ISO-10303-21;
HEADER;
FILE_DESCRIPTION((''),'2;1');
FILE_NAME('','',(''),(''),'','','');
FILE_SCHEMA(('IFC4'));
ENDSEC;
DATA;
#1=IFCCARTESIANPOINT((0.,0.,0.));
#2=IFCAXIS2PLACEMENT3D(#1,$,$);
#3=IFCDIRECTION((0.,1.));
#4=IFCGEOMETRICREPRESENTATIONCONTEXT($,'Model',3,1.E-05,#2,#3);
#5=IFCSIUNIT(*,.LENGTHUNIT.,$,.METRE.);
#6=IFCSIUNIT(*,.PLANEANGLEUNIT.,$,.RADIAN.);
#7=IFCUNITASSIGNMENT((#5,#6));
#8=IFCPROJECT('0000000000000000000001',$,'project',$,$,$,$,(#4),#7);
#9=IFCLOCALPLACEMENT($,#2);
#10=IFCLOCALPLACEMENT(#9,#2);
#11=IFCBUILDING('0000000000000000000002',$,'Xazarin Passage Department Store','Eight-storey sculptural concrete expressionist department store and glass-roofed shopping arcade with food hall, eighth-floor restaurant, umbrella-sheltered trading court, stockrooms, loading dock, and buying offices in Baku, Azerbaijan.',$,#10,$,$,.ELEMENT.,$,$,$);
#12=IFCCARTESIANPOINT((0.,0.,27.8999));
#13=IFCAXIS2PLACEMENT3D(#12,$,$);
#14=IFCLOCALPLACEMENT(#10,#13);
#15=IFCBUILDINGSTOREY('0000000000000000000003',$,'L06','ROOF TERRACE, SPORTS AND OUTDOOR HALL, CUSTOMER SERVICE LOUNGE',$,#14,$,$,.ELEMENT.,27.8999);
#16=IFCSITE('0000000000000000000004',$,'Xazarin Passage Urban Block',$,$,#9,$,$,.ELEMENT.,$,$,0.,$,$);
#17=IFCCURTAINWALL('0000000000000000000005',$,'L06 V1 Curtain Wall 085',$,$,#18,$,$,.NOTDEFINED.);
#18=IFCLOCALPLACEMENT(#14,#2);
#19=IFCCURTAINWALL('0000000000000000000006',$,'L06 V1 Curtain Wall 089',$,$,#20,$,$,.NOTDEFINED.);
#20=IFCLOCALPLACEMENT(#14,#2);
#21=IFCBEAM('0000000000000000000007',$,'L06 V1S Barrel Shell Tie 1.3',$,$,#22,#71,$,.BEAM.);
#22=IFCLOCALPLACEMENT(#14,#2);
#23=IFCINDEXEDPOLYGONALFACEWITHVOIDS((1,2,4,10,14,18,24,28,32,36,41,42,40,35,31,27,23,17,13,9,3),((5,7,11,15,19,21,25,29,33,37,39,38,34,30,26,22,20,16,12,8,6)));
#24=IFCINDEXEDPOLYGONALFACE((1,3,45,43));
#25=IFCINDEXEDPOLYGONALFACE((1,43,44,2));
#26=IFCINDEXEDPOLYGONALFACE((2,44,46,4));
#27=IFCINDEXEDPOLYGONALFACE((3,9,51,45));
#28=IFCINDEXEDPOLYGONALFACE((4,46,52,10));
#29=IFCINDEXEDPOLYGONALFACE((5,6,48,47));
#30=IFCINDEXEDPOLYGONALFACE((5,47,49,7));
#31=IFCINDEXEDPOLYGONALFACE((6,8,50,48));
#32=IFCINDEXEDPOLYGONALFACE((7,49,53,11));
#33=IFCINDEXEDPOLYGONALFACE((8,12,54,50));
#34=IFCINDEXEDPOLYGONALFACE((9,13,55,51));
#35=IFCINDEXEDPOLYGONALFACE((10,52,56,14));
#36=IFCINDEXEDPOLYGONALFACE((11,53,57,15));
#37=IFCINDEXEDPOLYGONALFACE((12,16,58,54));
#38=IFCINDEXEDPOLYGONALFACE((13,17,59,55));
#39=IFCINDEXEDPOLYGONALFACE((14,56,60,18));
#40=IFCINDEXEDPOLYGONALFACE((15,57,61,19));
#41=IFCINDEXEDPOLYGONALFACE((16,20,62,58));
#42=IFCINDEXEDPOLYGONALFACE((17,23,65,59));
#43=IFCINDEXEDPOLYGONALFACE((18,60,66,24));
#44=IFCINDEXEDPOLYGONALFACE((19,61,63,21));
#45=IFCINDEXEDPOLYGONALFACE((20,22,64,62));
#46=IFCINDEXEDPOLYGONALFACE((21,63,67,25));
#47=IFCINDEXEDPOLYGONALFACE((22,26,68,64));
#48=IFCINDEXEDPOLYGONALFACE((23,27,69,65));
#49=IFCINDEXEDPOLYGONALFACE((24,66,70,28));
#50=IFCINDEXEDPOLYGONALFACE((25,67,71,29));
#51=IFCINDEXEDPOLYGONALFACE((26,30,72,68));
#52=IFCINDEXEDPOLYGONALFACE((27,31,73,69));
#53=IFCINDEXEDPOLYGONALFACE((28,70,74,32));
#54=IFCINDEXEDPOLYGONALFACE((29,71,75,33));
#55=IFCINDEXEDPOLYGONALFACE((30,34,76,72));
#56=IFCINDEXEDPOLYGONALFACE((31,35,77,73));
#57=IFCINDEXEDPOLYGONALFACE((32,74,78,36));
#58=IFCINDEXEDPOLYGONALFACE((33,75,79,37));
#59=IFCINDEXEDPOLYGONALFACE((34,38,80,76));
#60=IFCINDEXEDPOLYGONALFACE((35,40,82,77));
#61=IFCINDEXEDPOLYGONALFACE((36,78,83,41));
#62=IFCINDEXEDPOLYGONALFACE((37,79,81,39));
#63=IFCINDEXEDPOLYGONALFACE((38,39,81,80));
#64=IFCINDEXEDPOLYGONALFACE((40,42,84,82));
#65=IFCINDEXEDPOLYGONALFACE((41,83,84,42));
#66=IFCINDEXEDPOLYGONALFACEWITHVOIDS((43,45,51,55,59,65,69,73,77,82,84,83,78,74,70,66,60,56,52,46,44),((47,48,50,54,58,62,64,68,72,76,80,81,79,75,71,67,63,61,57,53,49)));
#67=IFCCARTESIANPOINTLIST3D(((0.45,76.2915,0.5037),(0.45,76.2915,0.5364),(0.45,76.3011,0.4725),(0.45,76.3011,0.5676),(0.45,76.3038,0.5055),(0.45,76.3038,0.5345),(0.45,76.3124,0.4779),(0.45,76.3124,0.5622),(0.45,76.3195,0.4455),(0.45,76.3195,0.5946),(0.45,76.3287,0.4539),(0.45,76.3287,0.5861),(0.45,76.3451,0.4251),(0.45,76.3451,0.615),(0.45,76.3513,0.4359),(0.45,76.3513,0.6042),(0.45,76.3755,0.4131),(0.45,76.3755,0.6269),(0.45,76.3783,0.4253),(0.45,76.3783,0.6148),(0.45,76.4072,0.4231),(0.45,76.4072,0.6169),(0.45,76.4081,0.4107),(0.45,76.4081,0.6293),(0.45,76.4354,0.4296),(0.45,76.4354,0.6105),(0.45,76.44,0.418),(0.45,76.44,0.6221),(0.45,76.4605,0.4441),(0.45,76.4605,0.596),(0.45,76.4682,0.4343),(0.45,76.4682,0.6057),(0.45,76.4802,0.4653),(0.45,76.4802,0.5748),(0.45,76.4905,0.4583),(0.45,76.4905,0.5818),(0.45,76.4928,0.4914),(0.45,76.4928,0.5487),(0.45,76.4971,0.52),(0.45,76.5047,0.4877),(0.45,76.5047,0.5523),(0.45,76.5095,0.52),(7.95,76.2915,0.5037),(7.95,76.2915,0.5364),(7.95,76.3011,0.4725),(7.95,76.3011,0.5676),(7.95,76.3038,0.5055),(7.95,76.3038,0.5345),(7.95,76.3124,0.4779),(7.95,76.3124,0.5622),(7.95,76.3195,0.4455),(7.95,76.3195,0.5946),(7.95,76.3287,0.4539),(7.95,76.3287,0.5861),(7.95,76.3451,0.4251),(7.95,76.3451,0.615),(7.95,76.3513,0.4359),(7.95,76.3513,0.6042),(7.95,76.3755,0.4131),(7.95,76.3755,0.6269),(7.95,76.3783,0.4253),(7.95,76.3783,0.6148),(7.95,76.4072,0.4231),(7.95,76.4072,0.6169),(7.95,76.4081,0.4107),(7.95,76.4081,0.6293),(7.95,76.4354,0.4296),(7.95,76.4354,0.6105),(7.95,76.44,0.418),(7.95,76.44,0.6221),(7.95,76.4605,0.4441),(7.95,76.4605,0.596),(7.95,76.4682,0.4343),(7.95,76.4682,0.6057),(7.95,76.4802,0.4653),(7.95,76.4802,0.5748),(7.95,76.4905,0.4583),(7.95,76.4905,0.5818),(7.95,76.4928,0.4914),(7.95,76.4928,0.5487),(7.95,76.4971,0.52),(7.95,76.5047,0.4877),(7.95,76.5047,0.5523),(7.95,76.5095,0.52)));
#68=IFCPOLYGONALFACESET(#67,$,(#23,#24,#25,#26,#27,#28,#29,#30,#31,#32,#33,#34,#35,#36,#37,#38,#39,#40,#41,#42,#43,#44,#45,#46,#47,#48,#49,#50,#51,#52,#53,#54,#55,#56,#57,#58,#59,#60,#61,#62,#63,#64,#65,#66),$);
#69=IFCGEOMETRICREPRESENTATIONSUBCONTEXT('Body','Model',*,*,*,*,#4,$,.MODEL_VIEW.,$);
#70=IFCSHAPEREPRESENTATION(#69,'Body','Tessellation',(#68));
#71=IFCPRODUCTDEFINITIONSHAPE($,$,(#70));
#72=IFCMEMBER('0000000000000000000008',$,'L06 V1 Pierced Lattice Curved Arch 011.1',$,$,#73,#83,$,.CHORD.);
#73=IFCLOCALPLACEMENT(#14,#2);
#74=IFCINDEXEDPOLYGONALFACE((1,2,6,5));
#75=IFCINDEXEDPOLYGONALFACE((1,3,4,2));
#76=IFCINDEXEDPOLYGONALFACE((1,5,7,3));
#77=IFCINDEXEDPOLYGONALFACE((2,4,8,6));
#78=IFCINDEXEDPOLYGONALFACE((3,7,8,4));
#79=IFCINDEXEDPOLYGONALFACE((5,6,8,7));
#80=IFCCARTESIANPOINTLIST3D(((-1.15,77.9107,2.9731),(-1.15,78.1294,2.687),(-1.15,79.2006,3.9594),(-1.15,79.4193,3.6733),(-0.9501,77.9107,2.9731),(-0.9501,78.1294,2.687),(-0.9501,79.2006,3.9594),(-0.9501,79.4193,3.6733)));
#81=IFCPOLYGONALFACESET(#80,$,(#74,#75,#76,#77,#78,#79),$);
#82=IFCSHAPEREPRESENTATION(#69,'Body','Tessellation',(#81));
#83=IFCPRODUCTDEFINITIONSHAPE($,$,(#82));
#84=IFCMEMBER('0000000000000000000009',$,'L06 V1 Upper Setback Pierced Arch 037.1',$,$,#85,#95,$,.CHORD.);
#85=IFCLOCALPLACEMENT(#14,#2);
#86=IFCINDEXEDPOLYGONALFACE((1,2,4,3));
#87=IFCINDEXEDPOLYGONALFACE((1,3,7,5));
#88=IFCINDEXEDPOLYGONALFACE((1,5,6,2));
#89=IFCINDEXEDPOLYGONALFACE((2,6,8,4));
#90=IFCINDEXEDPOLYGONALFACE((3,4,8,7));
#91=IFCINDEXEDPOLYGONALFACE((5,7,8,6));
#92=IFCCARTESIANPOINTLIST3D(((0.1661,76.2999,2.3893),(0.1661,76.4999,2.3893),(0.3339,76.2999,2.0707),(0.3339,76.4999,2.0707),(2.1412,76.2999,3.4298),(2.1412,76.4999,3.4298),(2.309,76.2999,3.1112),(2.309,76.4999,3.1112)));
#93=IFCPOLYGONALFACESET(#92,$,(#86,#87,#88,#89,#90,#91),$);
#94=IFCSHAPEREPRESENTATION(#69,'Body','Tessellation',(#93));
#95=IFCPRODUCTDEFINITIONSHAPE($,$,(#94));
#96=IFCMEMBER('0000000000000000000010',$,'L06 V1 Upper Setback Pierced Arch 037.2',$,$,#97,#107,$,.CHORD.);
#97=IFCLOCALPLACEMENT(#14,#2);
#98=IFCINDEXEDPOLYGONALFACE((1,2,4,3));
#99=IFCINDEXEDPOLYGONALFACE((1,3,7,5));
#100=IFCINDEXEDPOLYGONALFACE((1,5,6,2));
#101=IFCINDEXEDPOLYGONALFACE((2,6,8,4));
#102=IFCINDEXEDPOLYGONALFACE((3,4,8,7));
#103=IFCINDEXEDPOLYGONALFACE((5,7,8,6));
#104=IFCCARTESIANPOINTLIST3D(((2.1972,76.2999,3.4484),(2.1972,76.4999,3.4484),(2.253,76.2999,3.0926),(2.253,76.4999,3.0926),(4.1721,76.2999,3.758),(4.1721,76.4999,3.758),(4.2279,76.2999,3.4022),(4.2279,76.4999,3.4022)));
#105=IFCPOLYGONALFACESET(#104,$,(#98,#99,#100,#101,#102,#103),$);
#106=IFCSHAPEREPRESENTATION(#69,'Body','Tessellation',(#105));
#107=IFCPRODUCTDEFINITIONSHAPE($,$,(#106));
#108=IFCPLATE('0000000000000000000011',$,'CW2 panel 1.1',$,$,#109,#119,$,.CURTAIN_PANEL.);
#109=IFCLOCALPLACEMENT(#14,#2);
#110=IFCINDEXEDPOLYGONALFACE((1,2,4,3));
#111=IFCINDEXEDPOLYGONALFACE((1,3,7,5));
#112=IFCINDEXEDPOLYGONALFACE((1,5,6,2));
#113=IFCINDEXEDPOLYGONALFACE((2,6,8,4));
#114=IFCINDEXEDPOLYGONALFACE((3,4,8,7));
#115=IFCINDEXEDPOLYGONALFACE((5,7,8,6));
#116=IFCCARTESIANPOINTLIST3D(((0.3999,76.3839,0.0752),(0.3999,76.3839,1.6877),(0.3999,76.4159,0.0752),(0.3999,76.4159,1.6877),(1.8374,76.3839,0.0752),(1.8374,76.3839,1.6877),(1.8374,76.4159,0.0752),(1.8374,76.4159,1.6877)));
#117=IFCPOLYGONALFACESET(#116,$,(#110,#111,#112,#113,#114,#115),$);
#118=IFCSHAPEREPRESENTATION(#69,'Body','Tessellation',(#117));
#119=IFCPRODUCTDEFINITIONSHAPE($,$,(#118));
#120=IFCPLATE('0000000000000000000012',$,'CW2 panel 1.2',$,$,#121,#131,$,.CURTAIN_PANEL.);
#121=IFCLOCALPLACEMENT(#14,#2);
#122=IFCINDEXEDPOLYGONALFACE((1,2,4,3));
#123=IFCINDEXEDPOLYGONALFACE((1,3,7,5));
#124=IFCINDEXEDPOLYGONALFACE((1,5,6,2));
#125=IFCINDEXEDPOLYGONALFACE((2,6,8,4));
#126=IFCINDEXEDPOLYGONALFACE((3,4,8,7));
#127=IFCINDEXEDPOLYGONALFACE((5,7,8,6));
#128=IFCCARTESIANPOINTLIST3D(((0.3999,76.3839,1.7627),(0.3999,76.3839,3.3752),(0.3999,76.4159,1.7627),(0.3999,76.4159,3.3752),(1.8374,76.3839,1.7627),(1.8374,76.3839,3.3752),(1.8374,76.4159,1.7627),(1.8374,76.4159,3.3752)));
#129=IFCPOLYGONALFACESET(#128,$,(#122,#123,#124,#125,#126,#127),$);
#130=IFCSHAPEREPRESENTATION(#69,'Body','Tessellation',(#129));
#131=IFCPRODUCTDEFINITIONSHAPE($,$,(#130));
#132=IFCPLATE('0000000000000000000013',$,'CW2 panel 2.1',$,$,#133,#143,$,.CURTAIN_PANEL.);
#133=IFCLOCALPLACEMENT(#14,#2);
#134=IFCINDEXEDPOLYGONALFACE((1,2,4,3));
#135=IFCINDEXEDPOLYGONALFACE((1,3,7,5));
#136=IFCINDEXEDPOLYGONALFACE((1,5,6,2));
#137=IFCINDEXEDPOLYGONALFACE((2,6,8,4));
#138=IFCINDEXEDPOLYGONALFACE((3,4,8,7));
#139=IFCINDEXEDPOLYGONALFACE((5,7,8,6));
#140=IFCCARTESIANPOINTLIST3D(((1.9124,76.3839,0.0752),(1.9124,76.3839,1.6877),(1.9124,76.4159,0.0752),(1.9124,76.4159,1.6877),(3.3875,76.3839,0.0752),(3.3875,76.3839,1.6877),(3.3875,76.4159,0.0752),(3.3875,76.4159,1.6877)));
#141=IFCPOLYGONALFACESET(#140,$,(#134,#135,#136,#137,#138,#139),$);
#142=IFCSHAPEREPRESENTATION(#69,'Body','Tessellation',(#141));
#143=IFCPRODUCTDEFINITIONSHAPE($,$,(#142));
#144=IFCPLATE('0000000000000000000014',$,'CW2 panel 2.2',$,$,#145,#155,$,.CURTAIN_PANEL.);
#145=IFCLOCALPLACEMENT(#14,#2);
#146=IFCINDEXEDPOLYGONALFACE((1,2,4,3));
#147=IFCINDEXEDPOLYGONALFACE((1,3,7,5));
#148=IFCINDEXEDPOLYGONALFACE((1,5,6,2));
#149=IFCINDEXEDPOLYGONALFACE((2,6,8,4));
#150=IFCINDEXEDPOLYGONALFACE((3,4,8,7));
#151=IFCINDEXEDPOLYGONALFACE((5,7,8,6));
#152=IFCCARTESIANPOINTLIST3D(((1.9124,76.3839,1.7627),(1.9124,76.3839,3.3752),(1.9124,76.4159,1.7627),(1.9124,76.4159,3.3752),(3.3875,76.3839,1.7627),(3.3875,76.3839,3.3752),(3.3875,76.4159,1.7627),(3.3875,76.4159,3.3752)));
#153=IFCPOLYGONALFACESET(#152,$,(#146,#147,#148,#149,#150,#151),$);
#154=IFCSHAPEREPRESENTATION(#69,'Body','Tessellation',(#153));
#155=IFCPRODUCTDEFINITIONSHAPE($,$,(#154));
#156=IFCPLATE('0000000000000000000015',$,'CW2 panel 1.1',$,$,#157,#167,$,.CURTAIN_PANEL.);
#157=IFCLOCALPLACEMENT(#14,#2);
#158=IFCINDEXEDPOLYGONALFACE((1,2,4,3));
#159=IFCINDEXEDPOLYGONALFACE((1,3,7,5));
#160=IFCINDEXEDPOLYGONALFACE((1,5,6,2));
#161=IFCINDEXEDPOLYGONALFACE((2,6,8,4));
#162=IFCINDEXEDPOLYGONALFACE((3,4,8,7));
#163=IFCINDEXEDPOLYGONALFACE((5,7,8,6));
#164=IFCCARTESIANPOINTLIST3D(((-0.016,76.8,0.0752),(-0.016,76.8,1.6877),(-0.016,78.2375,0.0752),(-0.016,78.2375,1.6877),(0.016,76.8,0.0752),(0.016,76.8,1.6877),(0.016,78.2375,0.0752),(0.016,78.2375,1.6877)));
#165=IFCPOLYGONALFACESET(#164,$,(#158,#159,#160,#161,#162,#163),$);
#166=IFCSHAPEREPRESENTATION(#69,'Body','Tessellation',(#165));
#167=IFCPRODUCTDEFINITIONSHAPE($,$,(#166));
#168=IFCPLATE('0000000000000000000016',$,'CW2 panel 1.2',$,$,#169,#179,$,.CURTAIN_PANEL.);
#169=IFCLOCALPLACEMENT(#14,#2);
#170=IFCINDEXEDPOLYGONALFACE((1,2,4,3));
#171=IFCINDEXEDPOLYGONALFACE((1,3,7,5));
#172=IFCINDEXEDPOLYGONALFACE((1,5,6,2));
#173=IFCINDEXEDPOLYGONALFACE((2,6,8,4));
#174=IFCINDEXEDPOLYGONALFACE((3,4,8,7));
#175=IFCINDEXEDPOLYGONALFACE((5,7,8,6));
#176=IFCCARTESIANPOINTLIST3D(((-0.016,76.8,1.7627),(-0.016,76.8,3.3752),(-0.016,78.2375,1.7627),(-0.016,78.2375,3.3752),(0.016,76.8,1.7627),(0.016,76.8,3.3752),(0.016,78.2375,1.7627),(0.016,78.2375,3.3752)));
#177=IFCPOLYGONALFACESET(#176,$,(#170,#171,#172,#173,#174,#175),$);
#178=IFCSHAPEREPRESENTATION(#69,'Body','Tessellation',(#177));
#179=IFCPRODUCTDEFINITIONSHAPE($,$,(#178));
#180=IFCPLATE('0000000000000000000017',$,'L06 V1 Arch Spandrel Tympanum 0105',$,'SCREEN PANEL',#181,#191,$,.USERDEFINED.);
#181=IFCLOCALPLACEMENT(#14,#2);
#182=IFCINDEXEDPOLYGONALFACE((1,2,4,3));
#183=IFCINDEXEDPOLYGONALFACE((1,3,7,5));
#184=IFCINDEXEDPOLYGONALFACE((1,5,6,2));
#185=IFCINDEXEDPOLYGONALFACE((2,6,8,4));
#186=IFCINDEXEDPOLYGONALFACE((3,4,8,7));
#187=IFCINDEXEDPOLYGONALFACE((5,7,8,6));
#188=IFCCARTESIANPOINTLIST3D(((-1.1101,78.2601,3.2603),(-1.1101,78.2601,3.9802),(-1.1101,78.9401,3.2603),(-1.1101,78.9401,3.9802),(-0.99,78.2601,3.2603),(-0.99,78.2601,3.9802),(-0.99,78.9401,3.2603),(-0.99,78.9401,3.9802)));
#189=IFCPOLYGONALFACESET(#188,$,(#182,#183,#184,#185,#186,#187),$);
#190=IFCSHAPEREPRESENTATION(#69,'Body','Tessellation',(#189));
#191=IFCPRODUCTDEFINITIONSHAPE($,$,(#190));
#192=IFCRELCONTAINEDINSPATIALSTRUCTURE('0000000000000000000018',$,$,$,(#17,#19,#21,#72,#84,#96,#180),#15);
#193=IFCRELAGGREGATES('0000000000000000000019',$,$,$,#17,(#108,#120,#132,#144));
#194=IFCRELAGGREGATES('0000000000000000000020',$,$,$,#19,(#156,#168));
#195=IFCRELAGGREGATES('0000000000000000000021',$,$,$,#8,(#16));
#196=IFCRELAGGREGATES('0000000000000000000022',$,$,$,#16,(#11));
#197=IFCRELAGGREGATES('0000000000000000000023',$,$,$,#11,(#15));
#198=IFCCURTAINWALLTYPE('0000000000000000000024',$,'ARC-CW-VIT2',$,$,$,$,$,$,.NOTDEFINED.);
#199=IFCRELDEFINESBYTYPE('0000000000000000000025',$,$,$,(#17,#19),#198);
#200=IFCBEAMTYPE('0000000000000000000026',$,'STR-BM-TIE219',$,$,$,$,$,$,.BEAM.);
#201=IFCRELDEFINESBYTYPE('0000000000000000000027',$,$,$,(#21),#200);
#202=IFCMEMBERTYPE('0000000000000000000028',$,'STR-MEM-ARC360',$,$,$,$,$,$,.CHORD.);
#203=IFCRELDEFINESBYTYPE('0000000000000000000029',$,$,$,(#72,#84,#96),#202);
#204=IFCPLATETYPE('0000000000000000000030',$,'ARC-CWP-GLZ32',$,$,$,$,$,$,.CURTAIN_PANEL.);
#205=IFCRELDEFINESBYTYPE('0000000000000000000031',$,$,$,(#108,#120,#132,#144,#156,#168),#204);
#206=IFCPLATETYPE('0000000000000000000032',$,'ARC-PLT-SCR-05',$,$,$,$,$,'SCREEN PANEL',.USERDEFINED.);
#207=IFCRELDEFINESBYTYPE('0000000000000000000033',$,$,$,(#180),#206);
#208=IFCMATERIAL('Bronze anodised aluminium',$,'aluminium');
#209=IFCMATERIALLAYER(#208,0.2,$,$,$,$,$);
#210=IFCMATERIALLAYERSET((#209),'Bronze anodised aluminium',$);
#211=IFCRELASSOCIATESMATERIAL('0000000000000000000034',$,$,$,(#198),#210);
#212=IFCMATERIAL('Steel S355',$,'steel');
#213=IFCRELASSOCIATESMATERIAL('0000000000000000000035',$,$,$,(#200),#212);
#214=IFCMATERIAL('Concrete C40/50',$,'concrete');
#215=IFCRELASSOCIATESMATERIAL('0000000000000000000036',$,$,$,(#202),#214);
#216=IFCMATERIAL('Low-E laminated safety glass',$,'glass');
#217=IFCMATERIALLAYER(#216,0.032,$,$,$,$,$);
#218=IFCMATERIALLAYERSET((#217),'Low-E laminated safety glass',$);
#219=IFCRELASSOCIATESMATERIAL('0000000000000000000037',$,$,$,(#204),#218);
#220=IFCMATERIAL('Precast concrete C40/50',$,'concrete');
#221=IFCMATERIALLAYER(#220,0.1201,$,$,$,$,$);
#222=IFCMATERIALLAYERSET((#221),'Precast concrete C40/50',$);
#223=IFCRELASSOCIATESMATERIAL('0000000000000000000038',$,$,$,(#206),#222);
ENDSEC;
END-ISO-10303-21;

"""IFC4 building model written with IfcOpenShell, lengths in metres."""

from ifc_helpers import new_model, si_unit, direction, frame, origin, origin_2d, place, context, subcontext, project, spatial, rectangle, hollow_circle, extrude, material, layer, layer_set, material_profile, profile_set, type_object, element, aggregate, save


model = new_model("IFC4")

# Units and contexts
model_context = context("Model", 3, precision=1e-05, world=origin(), true_north=direction((0.0, 1.0)))
body_context = subcontext(model_context, "Body", "Model", "MODEL_VIEW")
ifc_project = project(units=[si_unit("LENGTHUNIT", "METRE"), si_unit("PLANEANGLEUNIT", "RADIAN")], contexts=[model_context])

# Site, building, storey
site_placement = place(None, origin())
site = spatial("IfcSite", under=ifc_project, at=site_placement, Name="Xazarin Passage Urban Block", CompositionType="ELEMENT", RefElevation=0.0)
building_placement = place(site_placement, origin())
building = spatial("IfcBuilding", under=site, at=building_placement, Name="Xazarin Passage Department Store", Description="Eight-storey sculptural concrete expressionist department store and glass-roofed shopping arcade with food hall, eighth-floor restaurant, umbrella-sheltered trading court, stockrooms, loading dock, and buying offices in Baku, Azerbaijan.", CompositionType="ELEMENT")
storey_placement = place(building_placement, frame((0.0, 0.0, 27.8999)))
storey = spatial("IfcBuildingStorey", under=building, at=storey_placement, Name="L06", Description="ROOF TERRACE, SPORTS AND OUTDOOR HALL, CUSTOMER SERVICE LOUNGE", CompositionType="ELEMENT", Elevation=27.8999)

# Shared definitions
ifc_material_1 = material(Name="Concrete C40/50", Category="concrete")

# Curtain walls
ifc_material_2 = material(Name="Bronze anodised aluminium", Category="aluminium")
ifc_layer_1 = layer(ifc_material_2, 0.2)
ifc_layer_set_1 = layer_set([ifc_layer_1], Name="Bronze anodised aluminium")
curtain_wall_type = type_object("IfcCurtainWallType", Name="ARC-CW-VIT2", PredefinedType="NOTDEFINED", material=ifc_layer_set_1)
curtain_wall_1_placement = place(storey_placement, origin())
curtain_wall_1 = element("IfcCurtainWall", 1, at=curtain_wall_1_placement, inside=storey, type_object=curtain_wall_type, Name="L06 V1 Curtain Wall 085", PredefinedType="NOTDEFINED")
curtain_wall_2_placement = place(storey_placement, origin())
curtain_wall_2 = element("IfcCurtainWall", 2, at=curtain_wall_2_placement, inside=storey, type_object=curtain_wall_type, Name="L06 V1 Curtain Wall 089", PredefinedType="NOTDEFINED")

# Beam
ifc_material_3 = material(Name="Steel S355", Category="steel")
ifc_material_profile_1 = material_profile(ifc_material_3, hollow_circle(Radius=0.1096, WallThickness=0.0125, at=origin_2d()), Name="CHS 219.1x12.5")
ifc_profile_set_1 = profile_set([ifc_material_profile_1], Name="Steel S355")
beam_type_1 = type_object("IfcBeamType", Name="STR-BM-TIE219", PredefinedType="BEAM", material=ifc_profile_set_1)
beam_1_placement = place(storey_placement, frame((0.45, 76.3999, 0.52), z_axis=(1.0, 0.0, 0.0), x_axis=(0.0, 1.0, 0.0)))
element("IfcBeam", 3, at=beam_1_placement, inside=storey, type_object=beam_type_1, Name="L06 V1S Barrel Shell Tie 1.3", PredefinedType="BEAM", context=body_context, shape_type="SweptSolid", body=[
    extrude(hollow_circle(Radius=0.1096, WallThickness=0.0125, at=origin_2d()), origin(), (0.0, 0.0, 1.0), 7.5),
])

# Members
ifc_material_profile_2 = material_profile(ifc_material_1, rectangle(XDim=0.2, YDim=0.3601, at=origin_2d()), Name="RC 200x360")
ifc_profile_set_2 = profile_set([ifc_material_profile_2], Name="Concrete C40/50")
member_type_1 = type_object("IfcMemberType", Name="STR-MEM-ARC360", PredefinedType="CHORD", material=ifc_profile_set_2)
member_1_placement = place(storey_placement, frame((-1.05, 78.02, 2.8301), z_axis=(0.0, 0.794409, 0.607383), x_axis=(-1.0, 0.0, 0.0)))
element("IfcMember", 4, at=member_1_placement, inside=storey, type_object=member_type_1, Name="L06 V1 Pierced Lattice Curved Arch 011.1", PredefinedType="CHORD", context=body_context, shape_type="SweptSolid", body=[
    extrude(rectangle(XDim=0.2, YDim=0.3601, at=origin_2d()), origin(), (0.0, 0.0, 1.0), 1.6238),
])
member_2_placement = place(storey_placement, frame((0.25, 76.3999, 2.23), z_axis=(0.884733, 0.0, 0.466098), x_axis=(0.0, 1.0, 0.0)))
element("IfcMember", 5, at=member_2_placement, inside=storey, type_object=member_type_1, Name="L06 V1 Upper Setback Pierced Arch 037.1", PredefinedType="CHORD", context=body_context, shape_type="SweptSolid", body=[
    extrude(rectangle(XDim=0.2, YDim=0.3601, at=origin_2d()), origin(), (0.0, 0.0, 1.0), 2.2324),
])
member_3_placement = place(storey_placement, frame((2.2251, 76.3999, 3.2705), z_axis=(0.987936, 0.0, 0.154865), x_axis=(0.0, 1.0, 0.0)))
element("IfcMember", 6, at=member_3_placement, inside=storey, type_object=member_type_1, Name="L06 V1 Upper Setback Pierced Arch 037.2", PredefinedType="CHORD", context=body_context, shape_type="SweptSolid", body=[
    extrude(rectangle(XDim=0.2, YDim=0.3601, at=origin_2d()), origin(), (0.0, 0.0, 1.0), 1.999),
])

# Plates
ifc_material_4 = material(Name="Low-E laminated safety glass", Category="glass")
ifc_layer_2 = layer(ifc_material_4, 0.032)
ifc_layer_set_2 = layer_set([ifc_layer_2], Name="Low-E laminated safety glass")
plate_type_1 = type_object("IfcPlateType", Name="ARC-CWP-GLZ32", PredefinedType="CURTAIN_PANEL", material=ifc_layer_set_2)
plate_1_placement = place(storey_placement, frame((1.1187, 76.3999, 0.0752), z_axis=(0.0, 0.0, 1.0), x_axis=(1.0, 0.0, 0.0)))
plate_1 = element("IfcPlate", 7, at=plate_1_placement, type_object=plate_type_1, Name="CW2 panel 1.1", PredefinedType="CURTAIN_PANEL", context=body_context, shape_type="SweptSolid", body=[
    extrude(rectangle(XDim=1.4375, YDim=0.032, at=origin_2d()), origin(), (0.0, 0.0, 1.0), 1.6125),
])
plate_2_placement = place(storey_placement, frame((1.1187, 76.3999, 1.7627), z_axis=(0.0, 0.0, 1.0), x_axis=(1.0, 0.0, 0.0)))
plate_2 = element("IfcPlate", 8, at=plate_2_placement, type_object=plate_type_1, Name="CW2 panel 1.2", PredefinedType="CURTAIN_PANEL", context=body_context, shape_type="SweptSolid", body=[
    extrude(rectangle(XDim=1.4375, YDim=0.032, at=origin_2d()), origin(), (0.0, 0.0, 1.0), 1.6125),
])
plate_3_placement = place(storey_placement, frame((2.6499, 76.3999, 0.0752), z_axis=(0.0, 0.0, 1.0), x_axis=(1.0, 0.0, 0.0)))
plate_3 = element("IfcPlate", 9, at=plate_3_placement, type_object=plate_type_1, Name="CW2 panel 2.1", PredefinedType="CURTAIN_PANEL", context=body_context, shape_type="SweptSolid", body=[
    extrude(rectangle(XDim=1.4751, YDim=0.032, at=origin_2d()), origin(), (0.0, 0.0, 1.0), 1.6125),
])
plate_4_placement = place(storey_placement, frame((2.6499, 76.3999, 1.7627), z_axis=(0.0, 0.0, 1.0), x_axis=(1.0, 0.0, 0.0)))
plate_4 = element("IfcPlate", 10, at=plate_4_placement, type_object=plate_type_1, Name="CW2 panel 2.2", PredefinedType="CURTAIN_PANEL", context=body_context, shape_type="SweptSolid", body=[
    extrude(rectangle(XDim=1.4751, YDim=0.032, at=origin_2d()), origin(), (0.0, 0.0, 1.0), 1.6125),
])
aggregate(curtain_wall_1, [plate_1, plate_2, plate_3, plate_4])
plate_5_placement = place(storey_placement, frame((0.0, 77.5188, 0.0752), z_axis=(0.0, 0.0, 1.0), x_axis=(0.0, 1.0, 0.0)))
plate_5 = element("IfcPlate", 11, at=plate_5_placement, type_object=plate_type_1, Name="CW2 panel 1.1", PredefinedType="CURTAIN_PANEL", context=body_context, shape_type="SweptSolid", body=[
    extrude(rectangle(XDim=1.4375, YDim=0.032, at=origin_2d()), origin(), (0.0, 0.0, 1.0), 1.6125),
])
plate_6_placement = place(storey_placement, frame((0.0, 77.5188, 1.7627), z_axis=(0.0, 0.0, 1.0), x_axis=(0.0, 1.0, 0.0)))
plate_6 = element("IfcPlate", 12, at=plate_6_placement, type_object=plate_type_1, Name="CW2 panel 1.2", PredefinedType="CURTAIN_PANEL", context=body_context, shape_type="SweptSolid", body=[
    extrude(rectangle(XDim=1.4375, YDim=0.032, at=origin_2d()), origin(), (0.0, 0.0, 1.0), 1.6125),
])
aggregate(curtain_wall_2, [plate_5, plate_6])

# Plate
ifc_material_5 = material(Name="Precast concrete C40/50", Category="concrete")
ifc_layer_3 = layer(ifc_material_5, 0.1201)
ifc_layer_set_3 = layer_set([ifc_layer_3], Name="Precast concrete C40/50")
plate_type_2 = type_object("IfcPlateType", Name="ARC-PLT-SCR-05", ElementType="SCREEN PANEL", PredefinedType="USERDEFINED", material=ifc_layer_set_3)
plate_7_placement = place(storey_placement, frame((-1.05, 78.6001, 3.2603), z_axis=(0.0, 0.0, 1.0), x_axis=(0.0, 1.0, 0.0)))
element("IfcPlate", 13, at=plate_7_placement, inside=storey, type_object=plate_type_2, Name="L06 V1 Arch Spandrel Tympanum 0105", ObjectType="SCREEN PANEL", PredefinedType="USERDEFINED", context=body_context, shape_type="SweptSolid", body=[
    extrude(rectangle(XDim=0.6799, YDim=0.1201, at=origin_2d()), origin(), (0.0, 0.0, 1.0), 0.72),
])

save(model, "model.ifc")
